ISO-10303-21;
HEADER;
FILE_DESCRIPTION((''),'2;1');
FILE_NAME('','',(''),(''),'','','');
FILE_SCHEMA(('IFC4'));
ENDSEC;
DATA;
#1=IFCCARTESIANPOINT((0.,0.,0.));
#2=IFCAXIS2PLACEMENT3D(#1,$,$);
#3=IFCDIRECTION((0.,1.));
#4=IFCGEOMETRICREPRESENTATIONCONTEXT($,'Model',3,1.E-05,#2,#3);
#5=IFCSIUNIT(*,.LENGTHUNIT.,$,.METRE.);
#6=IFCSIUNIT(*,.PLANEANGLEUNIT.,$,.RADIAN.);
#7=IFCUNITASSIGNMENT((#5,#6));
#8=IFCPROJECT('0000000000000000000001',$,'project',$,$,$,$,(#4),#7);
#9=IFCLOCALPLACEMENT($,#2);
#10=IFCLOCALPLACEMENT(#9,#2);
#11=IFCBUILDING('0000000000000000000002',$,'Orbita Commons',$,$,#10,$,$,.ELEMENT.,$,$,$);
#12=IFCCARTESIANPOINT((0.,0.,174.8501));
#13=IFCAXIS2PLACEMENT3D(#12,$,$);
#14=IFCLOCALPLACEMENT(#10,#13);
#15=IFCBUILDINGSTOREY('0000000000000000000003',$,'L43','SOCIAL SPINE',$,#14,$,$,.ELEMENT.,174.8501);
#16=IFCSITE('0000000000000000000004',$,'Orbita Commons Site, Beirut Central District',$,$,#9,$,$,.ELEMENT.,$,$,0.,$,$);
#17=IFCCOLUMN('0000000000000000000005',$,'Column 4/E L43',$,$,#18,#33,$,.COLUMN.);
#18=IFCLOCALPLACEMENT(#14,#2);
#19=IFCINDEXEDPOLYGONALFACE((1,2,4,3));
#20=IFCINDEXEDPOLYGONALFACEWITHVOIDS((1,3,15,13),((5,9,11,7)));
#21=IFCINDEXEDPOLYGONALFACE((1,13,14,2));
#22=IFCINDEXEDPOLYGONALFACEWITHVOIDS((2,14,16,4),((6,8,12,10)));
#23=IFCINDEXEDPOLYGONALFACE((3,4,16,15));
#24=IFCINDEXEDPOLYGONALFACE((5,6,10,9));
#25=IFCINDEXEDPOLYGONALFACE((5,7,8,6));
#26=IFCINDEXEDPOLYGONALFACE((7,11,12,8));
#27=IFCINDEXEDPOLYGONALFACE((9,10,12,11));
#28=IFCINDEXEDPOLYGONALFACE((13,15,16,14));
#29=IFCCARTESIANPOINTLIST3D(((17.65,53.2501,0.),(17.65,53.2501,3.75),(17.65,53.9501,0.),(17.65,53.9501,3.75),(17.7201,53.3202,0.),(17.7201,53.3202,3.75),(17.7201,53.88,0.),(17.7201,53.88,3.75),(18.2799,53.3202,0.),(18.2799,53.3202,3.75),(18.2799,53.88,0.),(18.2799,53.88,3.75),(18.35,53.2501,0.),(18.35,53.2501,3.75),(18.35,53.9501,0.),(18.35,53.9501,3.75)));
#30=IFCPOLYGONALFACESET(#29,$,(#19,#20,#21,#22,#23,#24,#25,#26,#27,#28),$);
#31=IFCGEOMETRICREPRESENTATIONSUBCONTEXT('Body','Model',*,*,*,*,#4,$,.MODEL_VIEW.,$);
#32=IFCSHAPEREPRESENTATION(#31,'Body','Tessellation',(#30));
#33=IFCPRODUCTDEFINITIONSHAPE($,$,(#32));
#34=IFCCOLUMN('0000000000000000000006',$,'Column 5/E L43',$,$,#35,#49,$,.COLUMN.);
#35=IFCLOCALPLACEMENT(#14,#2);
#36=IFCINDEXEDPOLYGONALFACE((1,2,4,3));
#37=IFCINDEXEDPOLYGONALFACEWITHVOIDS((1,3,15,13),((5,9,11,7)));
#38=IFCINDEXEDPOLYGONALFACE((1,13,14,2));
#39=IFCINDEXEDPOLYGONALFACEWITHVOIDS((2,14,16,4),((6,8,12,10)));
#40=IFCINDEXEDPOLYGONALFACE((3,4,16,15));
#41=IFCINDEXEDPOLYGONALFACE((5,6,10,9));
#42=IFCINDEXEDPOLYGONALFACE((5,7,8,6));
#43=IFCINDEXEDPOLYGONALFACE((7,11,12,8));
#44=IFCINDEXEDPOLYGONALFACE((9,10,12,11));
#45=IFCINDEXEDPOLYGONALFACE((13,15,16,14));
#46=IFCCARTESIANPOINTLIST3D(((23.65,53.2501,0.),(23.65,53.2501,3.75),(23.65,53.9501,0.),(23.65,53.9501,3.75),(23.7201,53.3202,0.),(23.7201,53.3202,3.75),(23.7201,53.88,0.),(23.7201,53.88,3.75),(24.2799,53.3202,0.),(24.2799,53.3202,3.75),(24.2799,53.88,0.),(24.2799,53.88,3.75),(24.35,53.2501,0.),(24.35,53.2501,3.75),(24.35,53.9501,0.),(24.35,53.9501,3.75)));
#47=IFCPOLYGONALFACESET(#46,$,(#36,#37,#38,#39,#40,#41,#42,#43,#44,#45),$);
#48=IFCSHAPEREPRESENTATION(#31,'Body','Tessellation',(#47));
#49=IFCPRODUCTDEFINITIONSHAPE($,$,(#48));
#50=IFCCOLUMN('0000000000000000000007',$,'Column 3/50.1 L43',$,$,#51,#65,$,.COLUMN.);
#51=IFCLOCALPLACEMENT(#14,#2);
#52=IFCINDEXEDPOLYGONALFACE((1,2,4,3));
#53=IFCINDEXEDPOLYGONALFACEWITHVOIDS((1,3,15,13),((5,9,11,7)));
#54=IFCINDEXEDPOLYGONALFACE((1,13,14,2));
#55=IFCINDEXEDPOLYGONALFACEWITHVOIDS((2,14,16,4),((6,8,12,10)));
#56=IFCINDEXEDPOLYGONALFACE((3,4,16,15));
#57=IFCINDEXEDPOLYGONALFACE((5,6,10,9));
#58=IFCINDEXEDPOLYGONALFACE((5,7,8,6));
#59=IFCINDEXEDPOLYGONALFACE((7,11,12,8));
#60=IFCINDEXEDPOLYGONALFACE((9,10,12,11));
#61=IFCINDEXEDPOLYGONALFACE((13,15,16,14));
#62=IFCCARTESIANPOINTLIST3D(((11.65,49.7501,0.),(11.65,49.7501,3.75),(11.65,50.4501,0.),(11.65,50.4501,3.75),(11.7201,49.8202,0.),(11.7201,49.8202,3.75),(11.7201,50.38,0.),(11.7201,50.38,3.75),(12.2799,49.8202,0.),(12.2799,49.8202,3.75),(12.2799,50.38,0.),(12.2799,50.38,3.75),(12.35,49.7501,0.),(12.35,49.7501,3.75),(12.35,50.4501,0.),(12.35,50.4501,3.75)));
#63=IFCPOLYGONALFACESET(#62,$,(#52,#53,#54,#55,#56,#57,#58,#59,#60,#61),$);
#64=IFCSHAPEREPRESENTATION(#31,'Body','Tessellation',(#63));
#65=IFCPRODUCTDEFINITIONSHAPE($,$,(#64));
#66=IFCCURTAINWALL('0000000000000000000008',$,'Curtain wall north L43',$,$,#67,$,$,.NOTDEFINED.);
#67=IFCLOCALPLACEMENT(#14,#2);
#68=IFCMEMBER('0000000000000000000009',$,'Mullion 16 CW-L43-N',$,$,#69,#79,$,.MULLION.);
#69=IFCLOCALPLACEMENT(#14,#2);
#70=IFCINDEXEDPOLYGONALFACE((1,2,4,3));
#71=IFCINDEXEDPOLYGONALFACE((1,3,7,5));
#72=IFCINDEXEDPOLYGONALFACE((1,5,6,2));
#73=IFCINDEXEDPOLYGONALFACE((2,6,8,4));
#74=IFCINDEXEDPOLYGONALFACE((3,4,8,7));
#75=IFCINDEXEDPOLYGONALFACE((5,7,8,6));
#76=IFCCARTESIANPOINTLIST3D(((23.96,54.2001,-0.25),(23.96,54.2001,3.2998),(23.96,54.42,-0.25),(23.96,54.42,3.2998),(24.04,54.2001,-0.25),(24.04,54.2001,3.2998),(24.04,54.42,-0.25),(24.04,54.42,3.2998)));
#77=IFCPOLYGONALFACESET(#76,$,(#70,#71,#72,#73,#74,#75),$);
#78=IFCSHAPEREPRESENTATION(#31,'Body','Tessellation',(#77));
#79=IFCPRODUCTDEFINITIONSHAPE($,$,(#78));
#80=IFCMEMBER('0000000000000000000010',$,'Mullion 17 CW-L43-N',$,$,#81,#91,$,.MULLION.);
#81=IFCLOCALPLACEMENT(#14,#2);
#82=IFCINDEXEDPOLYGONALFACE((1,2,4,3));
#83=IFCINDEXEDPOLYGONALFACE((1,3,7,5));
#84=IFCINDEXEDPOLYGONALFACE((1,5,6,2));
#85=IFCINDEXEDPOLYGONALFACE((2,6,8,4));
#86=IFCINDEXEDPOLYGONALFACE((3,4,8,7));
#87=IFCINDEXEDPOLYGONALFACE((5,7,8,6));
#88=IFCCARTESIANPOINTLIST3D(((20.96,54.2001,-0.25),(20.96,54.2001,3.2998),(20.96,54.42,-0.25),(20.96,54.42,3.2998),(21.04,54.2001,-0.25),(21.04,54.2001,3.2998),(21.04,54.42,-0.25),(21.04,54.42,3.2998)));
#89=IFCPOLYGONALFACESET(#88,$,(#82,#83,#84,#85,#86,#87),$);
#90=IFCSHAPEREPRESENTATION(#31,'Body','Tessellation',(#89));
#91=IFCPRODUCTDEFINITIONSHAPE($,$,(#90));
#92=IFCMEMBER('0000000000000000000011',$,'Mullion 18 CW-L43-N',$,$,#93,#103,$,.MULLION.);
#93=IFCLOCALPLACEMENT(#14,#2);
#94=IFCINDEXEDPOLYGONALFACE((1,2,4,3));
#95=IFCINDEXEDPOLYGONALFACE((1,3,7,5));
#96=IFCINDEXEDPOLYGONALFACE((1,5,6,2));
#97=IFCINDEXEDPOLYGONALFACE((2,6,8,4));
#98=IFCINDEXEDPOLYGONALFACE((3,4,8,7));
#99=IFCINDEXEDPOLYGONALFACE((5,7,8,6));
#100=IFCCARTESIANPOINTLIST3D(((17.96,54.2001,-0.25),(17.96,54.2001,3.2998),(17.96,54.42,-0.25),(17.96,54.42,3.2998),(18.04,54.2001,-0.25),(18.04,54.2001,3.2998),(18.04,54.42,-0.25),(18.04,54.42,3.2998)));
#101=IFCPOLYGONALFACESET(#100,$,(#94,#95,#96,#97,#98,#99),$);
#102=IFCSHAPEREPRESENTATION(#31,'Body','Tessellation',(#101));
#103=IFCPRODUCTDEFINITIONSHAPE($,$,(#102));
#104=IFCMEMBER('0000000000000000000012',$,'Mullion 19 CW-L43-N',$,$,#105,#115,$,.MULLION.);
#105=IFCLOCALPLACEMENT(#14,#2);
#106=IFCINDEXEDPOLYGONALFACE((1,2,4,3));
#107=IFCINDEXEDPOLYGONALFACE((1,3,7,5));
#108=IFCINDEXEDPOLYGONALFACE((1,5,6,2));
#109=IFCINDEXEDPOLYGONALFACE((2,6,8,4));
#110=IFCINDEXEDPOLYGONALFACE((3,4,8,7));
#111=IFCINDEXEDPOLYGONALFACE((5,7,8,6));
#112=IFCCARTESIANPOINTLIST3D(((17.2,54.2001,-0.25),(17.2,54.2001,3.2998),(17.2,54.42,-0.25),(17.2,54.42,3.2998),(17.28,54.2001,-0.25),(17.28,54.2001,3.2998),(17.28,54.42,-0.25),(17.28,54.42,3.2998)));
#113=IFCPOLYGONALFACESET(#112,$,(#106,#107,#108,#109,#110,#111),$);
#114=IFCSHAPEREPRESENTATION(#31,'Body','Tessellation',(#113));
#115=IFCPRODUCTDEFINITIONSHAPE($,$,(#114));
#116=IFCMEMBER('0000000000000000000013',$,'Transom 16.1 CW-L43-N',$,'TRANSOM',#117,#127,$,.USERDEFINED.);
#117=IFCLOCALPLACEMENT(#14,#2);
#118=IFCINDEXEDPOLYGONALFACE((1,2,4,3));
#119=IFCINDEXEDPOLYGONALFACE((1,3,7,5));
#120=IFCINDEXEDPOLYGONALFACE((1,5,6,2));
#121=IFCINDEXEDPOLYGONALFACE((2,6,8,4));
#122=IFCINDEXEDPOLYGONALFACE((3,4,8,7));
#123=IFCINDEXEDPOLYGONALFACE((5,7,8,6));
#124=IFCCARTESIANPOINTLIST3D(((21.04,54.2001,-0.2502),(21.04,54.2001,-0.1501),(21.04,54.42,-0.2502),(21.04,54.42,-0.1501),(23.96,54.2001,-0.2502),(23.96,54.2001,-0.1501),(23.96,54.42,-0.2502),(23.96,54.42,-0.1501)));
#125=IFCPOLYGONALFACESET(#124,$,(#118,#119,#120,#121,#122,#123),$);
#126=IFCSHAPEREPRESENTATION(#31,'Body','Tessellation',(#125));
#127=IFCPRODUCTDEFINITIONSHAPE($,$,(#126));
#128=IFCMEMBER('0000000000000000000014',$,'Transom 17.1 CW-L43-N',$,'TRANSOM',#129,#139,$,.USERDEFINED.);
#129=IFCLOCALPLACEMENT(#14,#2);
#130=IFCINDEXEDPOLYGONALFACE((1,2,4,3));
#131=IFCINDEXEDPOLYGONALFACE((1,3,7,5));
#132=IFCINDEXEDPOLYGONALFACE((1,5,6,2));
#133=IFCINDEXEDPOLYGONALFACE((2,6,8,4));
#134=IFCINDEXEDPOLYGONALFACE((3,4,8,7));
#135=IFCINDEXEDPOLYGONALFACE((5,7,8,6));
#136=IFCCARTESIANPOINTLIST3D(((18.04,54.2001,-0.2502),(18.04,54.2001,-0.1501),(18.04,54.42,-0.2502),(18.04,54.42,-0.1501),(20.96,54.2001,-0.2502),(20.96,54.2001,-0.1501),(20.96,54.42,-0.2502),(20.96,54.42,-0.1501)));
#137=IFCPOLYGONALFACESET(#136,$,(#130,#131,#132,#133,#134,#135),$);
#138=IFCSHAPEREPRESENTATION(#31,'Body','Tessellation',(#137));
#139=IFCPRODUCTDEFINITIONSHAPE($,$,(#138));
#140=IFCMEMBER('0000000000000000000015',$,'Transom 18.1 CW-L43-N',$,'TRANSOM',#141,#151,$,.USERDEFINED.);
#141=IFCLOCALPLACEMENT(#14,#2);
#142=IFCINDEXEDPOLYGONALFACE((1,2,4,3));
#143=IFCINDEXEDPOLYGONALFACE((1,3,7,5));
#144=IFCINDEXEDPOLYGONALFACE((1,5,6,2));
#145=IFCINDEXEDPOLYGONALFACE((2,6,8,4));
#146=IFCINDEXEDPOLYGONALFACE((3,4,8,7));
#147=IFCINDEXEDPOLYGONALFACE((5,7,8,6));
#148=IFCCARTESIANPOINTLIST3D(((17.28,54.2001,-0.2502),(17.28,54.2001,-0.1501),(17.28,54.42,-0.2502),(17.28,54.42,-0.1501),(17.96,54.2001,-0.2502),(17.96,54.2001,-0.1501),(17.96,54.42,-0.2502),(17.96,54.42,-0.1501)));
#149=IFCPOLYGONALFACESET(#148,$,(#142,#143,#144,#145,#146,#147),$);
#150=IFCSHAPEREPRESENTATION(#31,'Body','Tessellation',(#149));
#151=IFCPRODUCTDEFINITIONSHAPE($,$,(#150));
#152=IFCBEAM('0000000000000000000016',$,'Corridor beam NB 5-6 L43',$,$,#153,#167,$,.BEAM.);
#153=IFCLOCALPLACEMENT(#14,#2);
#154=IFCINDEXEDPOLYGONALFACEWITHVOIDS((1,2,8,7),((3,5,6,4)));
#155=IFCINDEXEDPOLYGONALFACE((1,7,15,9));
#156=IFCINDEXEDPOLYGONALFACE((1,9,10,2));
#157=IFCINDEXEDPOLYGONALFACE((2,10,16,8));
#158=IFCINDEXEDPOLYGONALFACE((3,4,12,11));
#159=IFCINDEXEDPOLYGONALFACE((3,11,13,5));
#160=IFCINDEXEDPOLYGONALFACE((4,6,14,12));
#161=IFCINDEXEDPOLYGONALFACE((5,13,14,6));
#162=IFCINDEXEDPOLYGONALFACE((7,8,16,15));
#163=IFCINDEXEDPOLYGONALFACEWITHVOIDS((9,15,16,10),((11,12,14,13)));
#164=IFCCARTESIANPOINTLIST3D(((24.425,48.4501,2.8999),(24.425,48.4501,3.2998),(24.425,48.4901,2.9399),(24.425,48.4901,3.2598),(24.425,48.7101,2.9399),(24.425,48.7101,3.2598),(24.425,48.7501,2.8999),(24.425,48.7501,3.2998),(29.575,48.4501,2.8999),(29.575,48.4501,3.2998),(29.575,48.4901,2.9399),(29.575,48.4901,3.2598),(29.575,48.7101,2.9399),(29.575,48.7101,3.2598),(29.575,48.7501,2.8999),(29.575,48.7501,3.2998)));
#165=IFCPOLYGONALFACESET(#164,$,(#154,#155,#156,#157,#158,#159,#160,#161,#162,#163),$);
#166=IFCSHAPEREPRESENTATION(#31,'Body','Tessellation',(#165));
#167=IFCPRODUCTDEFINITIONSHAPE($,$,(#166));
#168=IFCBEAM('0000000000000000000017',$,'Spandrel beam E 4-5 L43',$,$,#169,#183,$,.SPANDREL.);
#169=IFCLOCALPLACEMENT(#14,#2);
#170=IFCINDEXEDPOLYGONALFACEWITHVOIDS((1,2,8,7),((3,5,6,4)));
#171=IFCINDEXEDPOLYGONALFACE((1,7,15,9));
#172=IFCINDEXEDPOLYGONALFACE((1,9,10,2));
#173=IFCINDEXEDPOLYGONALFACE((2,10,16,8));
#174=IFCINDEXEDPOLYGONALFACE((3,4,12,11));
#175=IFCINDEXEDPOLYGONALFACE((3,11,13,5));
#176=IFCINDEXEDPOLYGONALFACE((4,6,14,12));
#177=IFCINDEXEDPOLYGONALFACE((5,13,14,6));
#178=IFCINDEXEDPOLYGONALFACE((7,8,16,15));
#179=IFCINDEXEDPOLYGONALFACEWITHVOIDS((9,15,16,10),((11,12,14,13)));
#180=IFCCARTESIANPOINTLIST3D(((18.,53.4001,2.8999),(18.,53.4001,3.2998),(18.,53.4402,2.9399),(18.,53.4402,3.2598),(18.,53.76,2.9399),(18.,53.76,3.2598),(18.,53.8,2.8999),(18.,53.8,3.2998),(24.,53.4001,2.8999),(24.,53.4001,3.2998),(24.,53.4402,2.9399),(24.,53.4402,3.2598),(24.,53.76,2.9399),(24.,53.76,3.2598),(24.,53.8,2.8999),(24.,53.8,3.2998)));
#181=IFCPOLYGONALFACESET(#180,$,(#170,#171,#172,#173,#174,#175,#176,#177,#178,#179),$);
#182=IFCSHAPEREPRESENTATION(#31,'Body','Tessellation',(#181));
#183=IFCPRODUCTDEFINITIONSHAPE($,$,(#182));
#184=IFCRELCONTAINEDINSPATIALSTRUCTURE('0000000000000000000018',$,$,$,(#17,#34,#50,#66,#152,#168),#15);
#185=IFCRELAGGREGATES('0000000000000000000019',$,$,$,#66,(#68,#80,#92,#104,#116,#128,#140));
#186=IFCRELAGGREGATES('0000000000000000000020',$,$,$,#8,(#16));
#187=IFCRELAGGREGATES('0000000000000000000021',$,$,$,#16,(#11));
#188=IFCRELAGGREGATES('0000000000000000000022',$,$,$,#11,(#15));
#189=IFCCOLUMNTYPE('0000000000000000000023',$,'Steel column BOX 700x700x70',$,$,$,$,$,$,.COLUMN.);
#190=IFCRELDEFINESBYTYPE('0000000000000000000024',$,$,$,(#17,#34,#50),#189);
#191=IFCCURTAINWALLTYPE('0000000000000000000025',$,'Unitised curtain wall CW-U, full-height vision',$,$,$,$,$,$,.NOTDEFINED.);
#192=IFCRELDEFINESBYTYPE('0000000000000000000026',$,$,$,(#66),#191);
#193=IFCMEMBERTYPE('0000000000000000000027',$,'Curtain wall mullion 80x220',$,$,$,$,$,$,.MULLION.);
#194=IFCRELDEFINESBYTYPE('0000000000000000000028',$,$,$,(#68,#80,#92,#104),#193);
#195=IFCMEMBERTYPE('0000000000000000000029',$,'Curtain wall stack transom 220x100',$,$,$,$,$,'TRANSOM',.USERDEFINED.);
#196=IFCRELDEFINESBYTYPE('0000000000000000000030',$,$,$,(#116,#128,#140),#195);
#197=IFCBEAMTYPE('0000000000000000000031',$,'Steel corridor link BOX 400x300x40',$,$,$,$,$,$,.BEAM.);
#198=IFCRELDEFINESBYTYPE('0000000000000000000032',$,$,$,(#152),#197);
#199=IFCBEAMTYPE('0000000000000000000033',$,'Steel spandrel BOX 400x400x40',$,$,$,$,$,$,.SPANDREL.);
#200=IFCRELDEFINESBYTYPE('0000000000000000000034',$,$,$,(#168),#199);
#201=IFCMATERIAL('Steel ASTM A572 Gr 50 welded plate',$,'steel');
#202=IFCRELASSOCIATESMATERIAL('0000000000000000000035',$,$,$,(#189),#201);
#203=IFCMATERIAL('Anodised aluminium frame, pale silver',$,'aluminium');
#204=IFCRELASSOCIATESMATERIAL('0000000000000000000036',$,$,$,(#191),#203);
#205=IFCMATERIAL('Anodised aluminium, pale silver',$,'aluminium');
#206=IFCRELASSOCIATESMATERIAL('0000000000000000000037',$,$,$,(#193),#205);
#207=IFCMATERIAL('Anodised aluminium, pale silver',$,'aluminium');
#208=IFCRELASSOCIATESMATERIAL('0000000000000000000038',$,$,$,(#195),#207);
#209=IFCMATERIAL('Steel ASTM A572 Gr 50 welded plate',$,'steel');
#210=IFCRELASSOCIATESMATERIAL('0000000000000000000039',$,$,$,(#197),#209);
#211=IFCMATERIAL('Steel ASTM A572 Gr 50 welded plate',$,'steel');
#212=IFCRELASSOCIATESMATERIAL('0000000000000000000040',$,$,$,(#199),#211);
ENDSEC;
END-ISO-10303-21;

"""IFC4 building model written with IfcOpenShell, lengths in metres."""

from ifc_helpers import new_model, si_unit, direction, frame, origin, origin_2d, place, context, subcontext, project, spatial, rectangle, hollow_rectangle, extrude, material, material_profile, profile_set, type_object, element, aggregate, save


model = new_model("IFC4")

# Units and contexts
model_context = context("Model", 3, precision=1e-05, world=origin(), true_north=direction((0.0, 1.0)))
body_context = subcontext(model_context, "Body", "Model", "MODEL_VIEW")
ifc_project = project(units=[si_unit("LENGTHUNIT", "METRE"), si_unit("PLANEANGLEUNIT", "RADIAN")], contexts=[model_context])

# Site, building, storey
site_placement = place(None, origin())
site = spatial("IfcSite", under=ifc_project, at=site_placement, Name="Orbita Commons Site, Beirut Central District", CompositionType="ELEMENT", RefElevation=0.0)
building_placement = place(site_placement, origin())
building = spatial("IfcBuilding", under=site, at=building_placement, Name="Orbita Commons", CompositionType="ELEMENT")
storey_placement = place(building_placement, frame((0.0, 0.0, 174.8501)))
storey = spatial("IfcBuildingStorey", under=building, at=storey_placement, Name="L43", Description="SOCIAL SPINE", CompositionType="ELEMENT", Elevation=174.8501)

# Columns
ifc_material_1 = material(Name="Steel ASTM A572 Gr 50 welded plate", Category="steel")
ifc_material_profile_1 = material_profile(ifc_material_1, hollow_rectangle(XDim=0.7, YDim=0.7, WallThickness=0.0701, at=origin_2d()), Name="BOX 700x700x70")
ifc_profile_set_1 = profile_set([ifc_material_profile_1], Name="Steel ASTM A572 Gr 50 welded plate")
column_type = type_object("IfcColumnType", Name="Steel column BOX 700x700x70", PredefinedType="COLUMN", material=ifc_profile_set_1)
for number, where, z_axis, x_axis, name in (
    (1, (18.0, 53.6001, 0.0), (0.0, 0.0, 1.0), (1.0, 0.0, 0.0), "Column 4/E L43"),
    (2, (24.0, 53.6001, 0.0), (0.0, 0.0, 1.0), (1.0, 0.0, 0.0), "Column 5/E L43"),
    (3, (12.0, 50.1001, 0.0), (0.0, 0.0, 1.0), (1.0, 0.0, 0.0), "Column 3/50.1 L43"),
):
    element("IfcColumn", number, at=place(storey_placement, frame(where, z_axis=z_axis, x_axis=x_axis)), inside=storey, type_object=column_type, Name=name, PredefinedType="COLUMN", context=body_context, shape_type="SweptSolid", body=[
        extrude(hollow_rectangle(XDim=0.7, YDim=0.7, WallThickness=0.0701, at=origin_2d()), origin(), (0.0, 0.0, 1.0), 3.75),
    ])

# Curtain wall, members
ifc_material_2 = material(Name="Anodised aluminium frame, pale silver", Category="aluminium")
curtain_wall_type = type_object("IfcCurtainWallType", Name="Unitised curtain wall CW-U, full-height vision", PredefinedType="NOTDEFINED", material=ifc_material_2)
curtain_wall_placement = place(storey_placement, origin())
curtain_wall = element("IfcCurtainWall", 4, at=curtain_wall_placement, inside=storey, type_object=curtain_wall_type, Name="Curtain wall north L43", PredefinedType="NOTDEFINED")
ifc_material_3 = material(Name="Anodised aluminium, pale silver", Category="aluminium")
ifc_material_profile_2 = material_profile(ifc_material_3, rectangle(XDim=0.0801, YDim=0.22, at=origin_2d()), Name="AL 80x220")
ifc_profile_set_2 = profile_set([ifc_material_profile_2], Name="Anodised aluminium, pale silver")
member_type_1 = type_object("IfcMemberType", Name="Curtain wall mullion 80x220", PredefinedType="MULLION", material=ifc_profile_set_2)
member_1_placement = place(storey_placement, frame((24.0, 54.3101, -0.25), z_axis=(0.0, 0.0, 1.0), x_axis=(-1.0, 0.0, 0.0)))
member_1 = element("IfcMember", 5, at=member_1_placement, type_object=member_type_1, Name="Mullion 16 CW-L43-N", PredefinedType="MULLION", context=body_context, shape_type="SweptSolid", body=[
    extrude(rectangle(XDim=0.0801, YDim=0.22, at=origin_2d()), origin(), (0.0, 0.0, 1.0), 3.5498),
])
member_2_placement = place(storey_placement, frame((21.0, 54.3101, -0.25), z_axis=(0.0, 0.0, 1.0), x_axis=(-1.0, 0.0, 0.0)))
member_2 = element("IfcMember", 6, at=member_2_placement, type_object=member_type_1, Name="Mullion 17 CW-L43-N", PredefinedType="MULLION", context=body_context, shape_type="SweptSolid", body=[
    extrude(rectangle(XDim=0.0801, YDim=0.22, at=origin_2d()), origin(), (0.0, 0.0, 1.0), 3.5498),
])
member_3_placement = place(storey_placement, frame((18.0, 54.3101, -0.25), z_axis=(0.0, 0.0, 1.0), x_axis=(-1.0, 0.0, 0.0)))
member_3 = element("IfcMember", 7, at=member_3_placement, type_object=member_type_1, Name="Mullion 18 CW-L43-N", PredefinedType="MULLION", context=body_context, shape_type="SweptSolid", body=[
    extrude(rectangle(XDim=0.0801, YDim=0.22, at=origin_2d()), origin(), (0.0, 0.0, 1.0), 3.5498),
])
member_4_placement = place(storey_placement, frame((17.24, 54.3101, -0.25), z_axis=(0.0, 0.0, 1.0), x_axis=(-1.0, 0.0, 0.0)))
member_4 = element("IfcMember", 8, at=member_4_placement, type_object=member_type_1, Name="Mullion 19 CW-L43-N", PredefinedType="MULLION", context=body_context, shape_type="SweptSolid", body=[
    extrude(rectangle(XDim=0.0801, YDim=0.22, at=origin_2d()), origin(), (0.0, 0.0, 1.0), 3.5498),
])
ifc_material_4 = material(Name="Anodised aluminium, pale silver", Category="aluminium")
ifc_material_profile_3 = material_profile(ifc_material_4, rectangle(XDim=0.22, YDim=0.1001, at=origin_2d()), Name="AL 220x100")
ifc_profile_set_3 = profile_set([ifc_material_profile_3], Name="Anodised aluminium, pale silver")
member_type_2 = type_object("IfcMemberType", Name="Curtain wall stack transom 220x100", ElementType="TRANSOM", PredefinedType="USERDEFINED", material=ifc_profile_set_3)
member_5_placement = place(storey_placement, frame((23.96, 54.3101, -0.2002), z_axis=(-1.0, 0.0, 0.0), x_axis=(0.0, -1.0, 0.0)))
member_5 = element("IfcMember", 9, at=member_5_placement, type_object=member_type_2, Name="Transom 16.1 CW-L43-N", ObjectType="TRANSOM", PredefinedType="USERDEFINED", context=body_context, shape_type="SweptSolid", body=[
    extrude(rectangle(XDim=0.22, YDim=0.1001, at=origin_2d()), origin(), (0.0, 0.0, 1.0), 2.9199),
])
member_6_placement = place(storey_placement, frame((20.96, 54.3101, -0.2002), z_axis=(-1.0, 0.0, 0.0), x_axis=(0.0, -1.0, 0.0)))
member_6 = element("IfcMember", 10, at=member_6_placement, type_object=member_type_2, Name="Transom 17.1 CW-L43-N", ObjectType="TRANSOM", PredefinedType="USERDEFINED", context=body_context, shape_type="SweptSolid", body=[
    extrude(rectangle(XDim=0.22, YDim=0.1001, at=origin_2d()), origin(), (0.0, 0.0, 1.0), 2.9199),
])
member_7_placement = place(storey_placement, frame((17.96, 54.3101, -0.2002), z_axis=(-1.0, 0.0, 0.0), x_axis=(0.0, -1.0, 0.0)))
member_7 = element("IfcMember", 11, at=member_7_placement, type_object=member_type_2, Name="Transom 18.1 CW-L43-N", ObjectType="TRANSOM", PredefinedType="USERDEFINED", context=body_context, shape_type="SweptSolid", body=[
    extrude(rectangle(XDim=0.22, YDim=0.1001, at=origin_2d()), origin(), (0.0, 0.0, 1.0), 0.6799),
])

# Beams
ifc_material_5 = material(Name="Steel ASTM A572 Gr 50 welded plate", Category="steel")
ifc_material_profile_4 = material_profile(ifc_material_5, hollow_rectangle(XDim=0.3, YDim=0.3999, WallThickness=0.04, at=origin_2d()), Name="BOX 400x300x40")
ifc_profile_set_4 = profile_set([ifc_material_profile_4], Name="Steel ASTM A572 Gr 50 welded plate")
beam_type_1 = type_object("IfcBeamType", Name="Steel corridor link BOX 400x300x40", PredefinedType="BEAM", material=ifc_profile_set_4)
beam_placement = place(storey_placement, frame((24.425, 48.6001, 3.0999), z_axis=(1.0, 0.0, 0.0), x_axis=(0.0, 1.0, 0.0)))
element("IfcBeam", 12, at=beam_placement, inside=storey, type_object=beam_type_1, Name="Corridor beam NB 5-6 L43", PredefinedType="BEAM", context=body_context, shape_type="SweptSolid", body=[
    extrude(hollow_rectangle(XDim=0.3, YDim=0.3999, WallThickness=0.04, at=origin_2d()), origin(), (0.0, 0.0, 1.0), 5.1499),
])
ifc_material_6 = material(Name="Steel ASTM A572 Gr 50 welded plate", Category="steel")
ifc_material_profile_5 = material_profile(ifc_material_6, hollow_rectangle(XDim=0.3999, YDim=0.3999, WallThickness=0.04, at=origin_2d()), Name="BOX 400x400x40")
ifc_profile_set_5 = profile_set([ifc_material_profile_5], Name="Steel ASTM A572 Gr 50 welded plate")
beam_type_2 = type_object("IfcBeamType", Name="Steel spandrel BOX 400x400x40", PredefinedType="SPANDREL", material=ifc_profile_set_5)
for number, where, z_axis, x_axis, name in (
    (13, (18.0, 53.6001, 3.0999), (1.0, 0.0, 0.0), (0.0, 1.0, 0.0), "Spandrel beam E 4-5 L43"),
):
    element("IfcBeam", number, at=place(storey_placement, frame(where, z_axis=z_axis, x_axis=x_axis)), inside=storey, type_object=beam_type_2, Name=name, PredefinedType="SPANDREL", context=body_context, shape_type="SweptSolid", body=[
        extrude(hollow_rectangle(XDim=0.3999, YDim=0.3999, WallThickness=0.04, at=origin_2d()), origin(), (0.0, 0.0, 1.0), 6.0),
    ])

aggregate(curtain_wall, [member_1, member_2, member_3, member_4, member_5, member_6, member_7])

save(model, "model.ifc")
